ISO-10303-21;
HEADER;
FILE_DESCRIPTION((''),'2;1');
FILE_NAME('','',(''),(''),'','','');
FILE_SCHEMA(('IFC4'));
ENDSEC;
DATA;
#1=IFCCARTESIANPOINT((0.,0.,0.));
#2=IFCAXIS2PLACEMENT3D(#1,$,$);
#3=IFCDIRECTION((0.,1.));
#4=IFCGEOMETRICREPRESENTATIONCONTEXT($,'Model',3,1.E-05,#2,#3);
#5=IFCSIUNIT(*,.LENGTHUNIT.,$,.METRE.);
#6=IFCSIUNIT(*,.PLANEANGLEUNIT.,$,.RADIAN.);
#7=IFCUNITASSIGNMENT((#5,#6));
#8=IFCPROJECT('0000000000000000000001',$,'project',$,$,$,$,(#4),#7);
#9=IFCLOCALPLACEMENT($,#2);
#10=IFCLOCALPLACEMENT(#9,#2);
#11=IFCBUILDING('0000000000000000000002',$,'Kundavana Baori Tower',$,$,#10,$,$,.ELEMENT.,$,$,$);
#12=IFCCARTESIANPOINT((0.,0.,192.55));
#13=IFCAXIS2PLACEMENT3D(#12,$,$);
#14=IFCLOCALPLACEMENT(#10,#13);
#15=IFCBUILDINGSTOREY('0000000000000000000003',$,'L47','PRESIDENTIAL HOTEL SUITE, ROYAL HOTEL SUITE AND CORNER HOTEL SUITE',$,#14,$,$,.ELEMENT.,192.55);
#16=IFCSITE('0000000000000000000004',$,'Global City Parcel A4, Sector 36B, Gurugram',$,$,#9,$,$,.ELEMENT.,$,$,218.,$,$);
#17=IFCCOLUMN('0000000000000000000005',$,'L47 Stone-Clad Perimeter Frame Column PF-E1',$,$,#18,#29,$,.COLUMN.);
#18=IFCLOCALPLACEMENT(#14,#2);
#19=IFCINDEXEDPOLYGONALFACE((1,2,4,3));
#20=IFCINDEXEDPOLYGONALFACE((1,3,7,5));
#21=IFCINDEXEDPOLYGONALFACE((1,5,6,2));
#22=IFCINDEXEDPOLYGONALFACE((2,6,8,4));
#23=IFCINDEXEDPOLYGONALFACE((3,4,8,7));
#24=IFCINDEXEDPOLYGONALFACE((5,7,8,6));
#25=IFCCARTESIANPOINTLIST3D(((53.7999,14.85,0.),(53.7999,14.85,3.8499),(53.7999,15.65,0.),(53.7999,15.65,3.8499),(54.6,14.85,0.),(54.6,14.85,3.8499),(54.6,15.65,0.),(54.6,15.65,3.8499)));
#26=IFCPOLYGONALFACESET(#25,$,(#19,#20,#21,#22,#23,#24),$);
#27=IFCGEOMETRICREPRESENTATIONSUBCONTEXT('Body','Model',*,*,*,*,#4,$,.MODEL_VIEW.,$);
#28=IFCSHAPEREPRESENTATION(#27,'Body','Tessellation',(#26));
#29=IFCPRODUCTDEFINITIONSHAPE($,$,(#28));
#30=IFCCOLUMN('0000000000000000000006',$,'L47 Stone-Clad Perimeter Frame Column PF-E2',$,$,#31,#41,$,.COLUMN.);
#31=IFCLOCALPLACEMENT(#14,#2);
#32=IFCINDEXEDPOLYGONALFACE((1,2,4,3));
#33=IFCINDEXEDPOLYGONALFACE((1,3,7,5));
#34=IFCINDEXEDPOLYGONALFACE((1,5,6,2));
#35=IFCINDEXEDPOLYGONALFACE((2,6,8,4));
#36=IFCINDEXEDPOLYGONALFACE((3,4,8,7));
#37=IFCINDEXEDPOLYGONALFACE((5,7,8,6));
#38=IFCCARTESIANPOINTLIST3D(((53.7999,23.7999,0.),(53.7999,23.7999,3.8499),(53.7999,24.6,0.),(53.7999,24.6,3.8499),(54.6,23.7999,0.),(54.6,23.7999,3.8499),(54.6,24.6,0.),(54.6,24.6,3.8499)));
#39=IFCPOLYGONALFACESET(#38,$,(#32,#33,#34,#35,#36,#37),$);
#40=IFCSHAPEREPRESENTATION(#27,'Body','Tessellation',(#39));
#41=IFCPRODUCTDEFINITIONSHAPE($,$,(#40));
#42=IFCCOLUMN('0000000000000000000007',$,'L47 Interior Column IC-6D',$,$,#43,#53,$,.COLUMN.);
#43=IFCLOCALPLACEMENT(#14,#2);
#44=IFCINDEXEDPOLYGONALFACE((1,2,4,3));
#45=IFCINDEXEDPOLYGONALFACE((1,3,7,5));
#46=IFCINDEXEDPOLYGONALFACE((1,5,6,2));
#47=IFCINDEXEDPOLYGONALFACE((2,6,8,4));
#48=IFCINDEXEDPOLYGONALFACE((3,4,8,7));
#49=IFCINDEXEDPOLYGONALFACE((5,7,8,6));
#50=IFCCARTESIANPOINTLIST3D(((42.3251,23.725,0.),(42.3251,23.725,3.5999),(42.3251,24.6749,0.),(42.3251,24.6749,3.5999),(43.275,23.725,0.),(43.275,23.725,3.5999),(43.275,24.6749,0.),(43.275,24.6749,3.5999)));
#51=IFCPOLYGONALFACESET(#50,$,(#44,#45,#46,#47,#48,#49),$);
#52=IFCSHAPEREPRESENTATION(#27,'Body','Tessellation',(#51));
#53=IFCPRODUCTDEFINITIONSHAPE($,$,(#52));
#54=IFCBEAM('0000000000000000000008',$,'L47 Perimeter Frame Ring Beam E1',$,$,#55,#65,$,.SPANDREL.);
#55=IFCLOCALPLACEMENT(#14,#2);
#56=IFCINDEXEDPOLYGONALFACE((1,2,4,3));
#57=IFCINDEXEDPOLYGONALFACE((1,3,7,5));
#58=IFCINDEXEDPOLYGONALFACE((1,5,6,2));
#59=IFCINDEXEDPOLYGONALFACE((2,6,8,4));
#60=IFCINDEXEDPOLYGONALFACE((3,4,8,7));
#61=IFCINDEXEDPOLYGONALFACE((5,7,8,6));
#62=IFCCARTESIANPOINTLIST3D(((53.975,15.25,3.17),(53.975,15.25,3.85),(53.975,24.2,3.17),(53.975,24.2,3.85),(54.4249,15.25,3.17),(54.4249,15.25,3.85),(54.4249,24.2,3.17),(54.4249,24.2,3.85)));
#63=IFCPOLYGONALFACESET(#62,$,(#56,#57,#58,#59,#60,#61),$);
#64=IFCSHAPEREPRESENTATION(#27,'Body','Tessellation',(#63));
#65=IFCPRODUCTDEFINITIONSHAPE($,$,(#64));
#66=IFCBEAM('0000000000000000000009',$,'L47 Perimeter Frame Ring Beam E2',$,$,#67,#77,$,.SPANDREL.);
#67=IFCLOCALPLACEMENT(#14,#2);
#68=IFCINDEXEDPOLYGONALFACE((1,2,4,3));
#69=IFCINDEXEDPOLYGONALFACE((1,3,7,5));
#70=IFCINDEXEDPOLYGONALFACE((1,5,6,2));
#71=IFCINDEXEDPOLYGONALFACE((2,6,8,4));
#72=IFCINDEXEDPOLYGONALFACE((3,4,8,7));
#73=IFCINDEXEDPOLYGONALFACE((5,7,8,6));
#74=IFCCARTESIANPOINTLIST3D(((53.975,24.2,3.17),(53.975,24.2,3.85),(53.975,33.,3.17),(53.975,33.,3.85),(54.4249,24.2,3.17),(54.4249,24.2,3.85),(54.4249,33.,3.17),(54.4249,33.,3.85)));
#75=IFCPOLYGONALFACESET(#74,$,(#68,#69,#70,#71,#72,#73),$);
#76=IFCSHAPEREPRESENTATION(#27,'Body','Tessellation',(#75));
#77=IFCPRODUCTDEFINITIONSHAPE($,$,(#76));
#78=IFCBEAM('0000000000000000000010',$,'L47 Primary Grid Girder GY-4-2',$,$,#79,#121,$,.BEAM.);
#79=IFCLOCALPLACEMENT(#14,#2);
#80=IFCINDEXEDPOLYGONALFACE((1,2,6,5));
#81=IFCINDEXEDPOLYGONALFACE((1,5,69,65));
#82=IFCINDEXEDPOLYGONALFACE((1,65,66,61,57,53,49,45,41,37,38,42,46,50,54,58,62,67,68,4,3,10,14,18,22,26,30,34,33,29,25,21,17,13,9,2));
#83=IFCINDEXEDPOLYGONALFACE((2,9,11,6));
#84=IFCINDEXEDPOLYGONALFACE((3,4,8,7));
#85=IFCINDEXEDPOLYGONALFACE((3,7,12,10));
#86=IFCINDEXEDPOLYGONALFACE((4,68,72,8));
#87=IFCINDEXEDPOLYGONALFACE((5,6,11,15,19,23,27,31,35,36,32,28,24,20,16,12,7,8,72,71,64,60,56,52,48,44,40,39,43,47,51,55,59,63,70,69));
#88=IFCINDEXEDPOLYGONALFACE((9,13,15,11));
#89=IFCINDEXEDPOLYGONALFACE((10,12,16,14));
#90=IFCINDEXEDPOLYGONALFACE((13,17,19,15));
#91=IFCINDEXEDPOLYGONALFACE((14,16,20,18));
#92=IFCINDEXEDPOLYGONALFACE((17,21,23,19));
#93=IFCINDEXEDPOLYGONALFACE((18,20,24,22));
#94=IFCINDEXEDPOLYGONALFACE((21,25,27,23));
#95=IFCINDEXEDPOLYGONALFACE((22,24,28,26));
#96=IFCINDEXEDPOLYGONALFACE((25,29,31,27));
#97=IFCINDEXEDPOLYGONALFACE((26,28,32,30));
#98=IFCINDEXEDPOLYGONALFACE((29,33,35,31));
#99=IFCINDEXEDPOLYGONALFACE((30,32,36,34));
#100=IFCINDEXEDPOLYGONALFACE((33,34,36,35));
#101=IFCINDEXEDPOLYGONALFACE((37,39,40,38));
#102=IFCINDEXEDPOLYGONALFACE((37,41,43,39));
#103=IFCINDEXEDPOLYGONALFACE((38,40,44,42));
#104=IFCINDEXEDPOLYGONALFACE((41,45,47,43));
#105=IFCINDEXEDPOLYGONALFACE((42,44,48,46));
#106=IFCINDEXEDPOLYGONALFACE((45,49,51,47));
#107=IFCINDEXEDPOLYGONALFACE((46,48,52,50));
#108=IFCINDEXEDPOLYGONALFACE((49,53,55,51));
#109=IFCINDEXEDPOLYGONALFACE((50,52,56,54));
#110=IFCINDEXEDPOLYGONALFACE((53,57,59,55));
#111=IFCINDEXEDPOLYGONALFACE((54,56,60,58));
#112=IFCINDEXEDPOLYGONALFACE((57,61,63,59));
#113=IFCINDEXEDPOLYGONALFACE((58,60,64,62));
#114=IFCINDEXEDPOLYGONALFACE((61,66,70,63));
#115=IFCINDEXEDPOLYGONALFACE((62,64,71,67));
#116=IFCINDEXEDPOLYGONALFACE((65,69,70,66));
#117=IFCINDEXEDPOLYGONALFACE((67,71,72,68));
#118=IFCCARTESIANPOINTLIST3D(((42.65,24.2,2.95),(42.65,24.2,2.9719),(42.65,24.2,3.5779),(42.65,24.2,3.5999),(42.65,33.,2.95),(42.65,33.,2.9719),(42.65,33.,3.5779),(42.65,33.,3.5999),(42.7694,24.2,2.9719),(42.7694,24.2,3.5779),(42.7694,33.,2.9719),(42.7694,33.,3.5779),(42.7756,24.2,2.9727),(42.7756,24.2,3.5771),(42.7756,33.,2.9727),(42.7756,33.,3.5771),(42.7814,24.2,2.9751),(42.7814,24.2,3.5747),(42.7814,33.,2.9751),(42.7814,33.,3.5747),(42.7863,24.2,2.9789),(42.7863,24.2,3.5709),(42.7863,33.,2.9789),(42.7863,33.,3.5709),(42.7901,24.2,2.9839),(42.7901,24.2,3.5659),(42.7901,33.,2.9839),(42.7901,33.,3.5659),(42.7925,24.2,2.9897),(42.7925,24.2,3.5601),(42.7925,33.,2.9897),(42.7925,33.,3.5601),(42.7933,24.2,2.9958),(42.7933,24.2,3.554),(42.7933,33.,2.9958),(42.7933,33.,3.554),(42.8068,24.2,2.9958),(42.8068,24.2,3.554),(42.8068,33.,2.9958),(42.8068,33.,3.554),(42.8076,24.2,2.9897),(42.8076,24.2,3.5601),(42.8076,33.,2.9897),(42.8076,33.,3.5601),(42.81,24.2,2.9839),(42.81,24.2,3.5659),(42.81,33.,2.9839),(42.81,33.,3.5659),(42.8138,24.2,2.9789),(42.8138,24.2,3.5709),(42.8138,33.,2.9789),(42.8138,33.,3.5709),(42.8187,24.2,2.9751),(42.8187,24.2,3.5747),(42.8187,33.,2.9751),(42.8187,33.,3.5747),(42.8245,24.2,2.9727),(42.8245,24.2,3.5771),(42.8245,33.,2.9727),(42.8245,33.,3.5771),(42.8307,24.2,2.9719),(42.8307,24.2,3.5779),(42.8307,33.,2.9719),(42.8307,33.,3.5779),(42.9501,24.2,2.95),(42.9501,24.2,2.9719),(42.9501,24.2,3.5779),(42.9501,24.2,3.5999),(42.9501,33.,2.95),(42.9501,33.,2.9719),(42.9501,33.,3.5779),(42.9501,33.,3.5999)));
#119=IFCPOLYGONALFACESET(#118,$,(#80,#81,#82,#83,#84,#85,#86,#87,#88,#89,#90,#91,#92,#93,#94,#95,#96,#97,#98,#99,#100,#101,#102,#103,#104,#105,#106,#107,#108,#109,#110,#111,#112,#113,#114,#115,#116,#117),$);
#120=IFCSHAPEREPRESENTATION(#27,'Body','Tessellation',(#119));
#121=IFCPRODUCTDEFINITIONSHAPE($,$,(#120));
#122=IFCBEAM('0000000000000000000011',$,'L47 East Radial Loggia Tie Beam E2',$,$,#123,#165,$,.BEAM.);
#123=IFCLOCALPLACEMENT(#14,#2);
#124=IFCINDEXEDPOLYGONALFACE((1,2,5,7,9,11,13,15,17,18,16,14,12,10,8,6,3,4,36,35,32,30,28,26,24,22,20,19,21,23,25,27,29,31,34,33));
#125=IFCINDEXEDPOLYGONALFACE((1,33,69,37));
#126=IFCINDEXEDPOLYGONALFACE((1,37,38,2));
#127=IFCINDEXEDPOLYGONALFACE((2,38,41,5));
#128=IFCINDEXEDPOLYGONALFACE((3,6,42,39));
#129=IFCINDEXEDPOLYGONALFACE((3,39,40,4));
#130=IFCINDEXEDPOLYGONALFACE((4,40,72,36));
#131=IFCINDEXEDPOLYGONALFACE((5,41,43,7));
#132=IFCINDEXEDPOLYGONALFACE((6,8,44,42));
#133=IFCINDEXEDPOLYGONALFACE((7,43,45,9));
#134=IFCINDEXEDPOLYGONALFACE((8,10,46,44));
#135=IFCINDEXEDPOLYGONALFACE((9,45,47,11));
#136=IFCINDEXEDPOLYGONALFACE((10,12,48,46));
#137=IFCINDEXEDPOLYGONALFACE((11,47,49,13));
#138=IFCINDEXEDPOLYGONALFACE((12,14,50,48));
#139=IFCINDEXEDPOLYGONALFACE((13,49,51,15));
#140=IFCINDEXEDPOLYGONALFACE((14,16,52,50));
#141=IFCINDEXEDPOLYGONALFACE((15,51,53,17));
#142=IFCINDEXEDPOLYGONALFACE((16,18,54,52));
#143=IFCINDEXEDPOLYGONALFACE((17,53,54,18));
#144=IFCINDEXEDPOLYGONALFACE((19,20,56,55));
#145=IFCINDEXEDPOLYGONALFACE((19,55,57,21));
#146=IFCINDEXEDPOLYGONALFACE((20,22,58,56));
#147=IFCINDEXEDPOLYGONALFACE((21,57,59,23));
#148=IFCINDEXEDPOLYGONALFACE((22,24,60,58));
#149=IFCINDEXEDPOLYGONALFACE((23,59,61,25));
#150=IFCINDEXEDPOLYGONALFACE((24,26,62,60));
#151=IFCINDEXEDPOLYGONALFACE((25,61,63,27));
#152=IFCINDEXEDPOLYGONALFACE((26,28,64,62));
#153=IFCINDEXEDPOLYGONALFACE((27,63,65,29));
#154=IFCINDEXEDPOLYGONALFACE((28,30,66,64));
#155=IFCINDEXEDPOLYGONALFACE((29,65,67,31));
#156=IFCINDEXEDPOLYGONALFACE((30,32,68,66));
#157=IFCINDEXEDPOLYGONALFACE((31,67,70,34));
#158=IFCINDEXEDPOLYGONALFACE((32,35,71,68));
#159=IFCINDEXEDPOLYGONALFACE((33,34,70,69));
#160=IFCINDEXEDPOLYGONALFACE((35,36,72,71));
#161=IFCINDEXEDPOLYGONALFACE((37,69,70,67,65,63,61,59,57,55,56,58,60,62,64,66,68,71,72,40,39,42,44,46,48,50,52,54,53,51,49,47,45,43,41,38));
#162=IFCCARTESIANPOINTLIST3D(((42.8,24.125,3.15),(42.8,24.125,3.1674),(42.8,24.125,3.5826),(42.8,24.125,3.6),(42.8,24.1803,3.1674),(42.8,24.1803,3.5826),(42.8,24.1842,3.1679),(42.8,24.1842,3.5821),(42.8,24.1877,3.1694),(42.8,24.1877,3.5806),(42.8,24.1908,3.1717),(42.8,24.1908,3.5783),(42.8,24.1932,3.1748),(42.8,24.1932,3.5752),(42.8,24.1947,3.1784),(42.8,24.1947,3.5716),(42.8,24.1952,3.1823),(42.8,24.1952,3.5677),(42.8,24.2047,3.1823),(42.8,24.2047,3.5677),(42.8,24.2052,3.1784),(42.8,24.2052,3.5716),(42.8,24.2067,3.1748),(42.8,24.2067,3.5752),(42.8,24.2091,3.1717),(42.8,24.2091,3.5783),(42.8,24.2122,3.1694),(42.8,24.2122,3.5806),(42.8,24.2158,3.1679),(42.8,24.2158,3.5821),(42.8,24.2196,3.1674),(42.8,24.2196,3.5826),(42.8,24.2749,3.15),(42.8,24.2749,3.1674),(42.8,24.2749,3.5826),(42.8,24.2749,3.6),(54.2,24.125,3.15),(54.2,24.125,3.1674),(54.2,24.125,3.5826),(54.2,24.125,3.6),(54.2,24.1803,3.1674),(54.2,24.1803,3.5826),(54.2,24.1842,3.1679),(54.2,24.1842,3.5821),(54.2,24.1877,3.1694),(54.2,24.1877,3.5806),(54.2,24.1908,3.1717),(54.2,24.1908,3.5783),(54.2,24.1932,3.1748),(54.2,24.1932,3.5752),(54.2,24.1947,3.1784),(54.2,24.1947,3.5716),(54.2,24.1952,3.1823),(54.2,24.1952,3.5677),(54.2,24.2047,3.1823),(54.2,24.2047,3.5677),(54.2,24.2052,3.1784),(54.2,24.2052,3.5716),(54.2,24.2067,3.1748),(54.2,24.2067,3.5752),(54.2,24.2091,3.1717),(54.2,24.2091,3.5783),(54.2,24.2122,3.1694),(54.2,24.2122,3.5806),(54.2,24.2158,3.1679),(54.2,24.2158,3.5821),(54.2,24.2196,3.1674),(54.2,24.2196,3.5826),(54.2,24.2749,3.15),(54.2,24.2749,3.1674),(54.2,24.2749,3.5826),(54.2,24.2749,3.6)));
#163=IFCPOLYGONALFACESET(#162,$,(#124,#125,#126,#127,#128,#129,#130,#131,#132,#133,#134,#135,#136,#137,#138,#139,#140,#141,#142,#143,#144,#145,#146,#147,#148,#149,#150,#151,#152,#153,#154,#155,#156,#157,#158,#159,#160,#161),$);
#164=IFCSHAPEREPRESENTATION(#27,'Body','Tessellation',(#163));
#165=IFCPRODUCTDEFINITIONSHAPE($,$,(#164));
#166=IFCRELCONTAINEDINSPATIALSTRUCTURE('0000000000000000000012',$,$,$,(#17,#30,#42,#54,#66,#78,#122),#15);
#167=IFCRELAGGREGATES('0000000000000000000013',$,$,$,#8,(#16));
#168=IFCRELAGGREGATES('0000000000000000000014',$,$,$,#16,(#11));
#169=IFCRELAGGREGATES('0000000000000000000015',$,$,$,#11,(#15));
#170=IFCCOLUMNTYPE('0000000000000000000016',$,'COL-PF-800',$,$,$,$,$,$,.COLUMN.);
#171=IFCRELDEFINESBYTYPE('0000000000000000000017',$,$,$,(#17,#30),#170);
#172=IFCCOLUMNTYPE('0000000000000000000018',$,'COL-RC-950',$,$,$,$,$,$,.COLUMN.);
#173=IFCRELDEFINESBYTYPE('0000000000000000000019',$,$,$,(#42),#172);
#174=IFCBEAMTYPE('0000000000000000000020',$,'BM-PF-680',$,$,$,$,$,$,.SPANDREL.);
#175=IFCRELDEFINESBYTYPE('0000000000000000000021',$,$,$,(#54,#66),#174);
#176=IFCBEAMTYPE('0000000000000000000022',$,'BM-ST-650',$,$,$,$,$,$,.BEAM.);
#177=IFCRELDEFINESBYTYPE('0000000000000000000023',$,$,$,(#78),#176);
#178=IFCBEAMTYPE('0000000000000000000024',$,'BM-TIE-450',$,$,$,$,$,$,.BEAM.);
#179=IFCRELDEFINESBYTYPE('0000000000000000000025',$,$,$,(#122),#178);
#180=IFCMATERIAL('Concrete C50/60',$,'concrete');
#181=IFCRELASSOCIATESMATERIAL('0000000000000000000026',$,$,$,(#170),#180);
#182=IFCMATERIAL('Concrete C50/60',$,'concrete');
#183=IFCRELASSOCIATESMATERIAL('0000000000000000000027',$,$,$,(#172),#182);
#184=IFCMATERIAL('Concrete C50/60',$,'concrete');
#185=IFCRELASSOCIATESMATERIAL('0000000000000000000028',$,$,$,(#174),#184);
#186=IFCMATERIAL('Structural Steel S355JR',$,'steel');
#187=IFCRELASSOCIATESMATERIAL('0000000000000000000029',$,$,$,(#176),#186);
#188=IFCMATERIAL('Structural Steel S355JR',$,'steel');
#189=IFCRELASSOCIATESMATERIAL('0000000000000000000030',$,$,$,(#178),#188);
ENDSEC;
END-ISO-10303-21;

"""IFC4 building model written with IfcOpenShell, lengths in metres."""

from ifc_helpers import new_model, si_unit, direction, frame, origin, origin_2d, place, context, subcontext, project, spatial, rectangle, i_section, extrude, material, material_profile, profile_set, type_object, element, save


model = new_model("IFC4")

# Units and contexts
model_context = context("Model", 3, precision=1e-05, world=origin(), true_north=direction((0.0, 1.0)))
body_context = subcontext(model_context, "Body", "Model", "MODEL_VIEW")
ifc_project = project(units=[si_unit("LENGTHUNIT", "METRE"), si_unit("PLANEANGLEUNIT", "RADIAN")], contexts=[model_context])

# Site, building, storey
site_placement = place(None, origin())
site = spatial("IfcSite", under=ifc_project, at=site_placement, Name="Global City Parcel A4, Sector 36B, Gurugram", CompositionType="ELEMENT", RefElevation=218.0)
building_placement = place(site_placement, origin())
building = spatial("IfcBuilding", under=site, at=building_placement, Name="Kundavana Baori Tower", CompositionType="ELEMENT")
storey_placement = place(building_placement, frame((0.0, 0.0, 192.55)))
storey = spatial("IfcBuildingStorey", under=building, at=storey_placement, Name="L47", Description="PRESIDENTIAL HOTEL SUITE, ROYAL HOTEL SUITE AND CORNER HOTEL SUITE", CompositionType="ELEMENT", Elevation=192.55)

# Columns
ifc_material_1 = material(Name="Concrete C50/60", Category="concrete")
ifc_material_profile_1 = material_profile(ifc_material_1, rectangle(XDim=0.8, YDim=0.8, at=origin_2d()), Name="RC PF 800x800")
ifc_profile_set_1 = profile_set([ifc_material_profile_1], Name="Concrete C50/60")
column_type_1 = type_object("IfcColumnType", Name="COL-PF-800", PredefinedType="COLUMN", material=ifc_profile_set_1)
for number, where, z_axis, x_axis, name in (
    (1, (54.2, 15.25, 0.0), (0.0, 0.0, 1.0), (1.0, 0.0, 0.0), "L47 Stone-Clad Perimeter Frame Column PF-E1"),
    (2, (54.2, 24.2, 0.0), (0.0, 0.0, 1.0), (1.0, 0.0, 0.0), "L47 Stone-Clad Perimeter Frame Column PF-E2"),
):
    element("IfcColumn", number, at=place(storey_placement, frame(where, z_axis=z_axis, x_axis=x_axis)), inside=storey, type_object=column_type_1, Name=name, PredefinedType="COLUMN", context=body_context, shape_type="SweptSolid", body=[
        extrude(rectangle(XDim=0.8, YDim=0.8, at=origin_2d()), origin(), (0.0, 0.0, 1.0), 3.8499),
    ])
ifc_material_2 = material(Name="Concrete C50/60", Category="concrete")
ifc_material_profile_2 = material_profile(ifc_material_2, rectangle(XDim=0.95, YDim=0.95, at=origin_2d()), Name="RC 950x950")
ifc_profile_set_2 = profile_set([ifc_material_profile_2], Name="Concrete C50/60")
column_type_2 = type_object("IfcColumnType", Name="COL-RC-950", PredefinedType="COLUMN", material=ifc_profile_set_2)
column_placement = place(storey_placement, frame((42.8, 24.2, 0.0), z_axis=(0.0, 0.0, 1.0), x_axis=(1.0, 0.0, 0.0)))
element("IfcColumn", 3, at=column_placement, inside=storey, type_object=column_type_2, Name="L47 Interior Column IC-6D", PredefinedType="COLUMN", context=body_context, shape_type="SweptSolid", body=[
    extrude(rectangle(XDim=0.95, YDim=0.95, at=origin_2d()), origin(), (0.0, 0.0, 1.0), 3.5999),
])

# Beams
ifc_material_3 = material(Name="Concrete C50/60", Category="concrete")
ifc_material_profile_3 = material_profile(ifc_material_3, rectangle(XDim=0.45, YDim=0.6799, at=origin_2d()), Name="RC BM 450x680")
ifc_profile_set_3 = profile_set([ifc_material_profile_3], Name="Concrete C50/60")
beam_type_1 = type_object("IfcBeamType", Name="BM-PF-680", PredefinedType="SPANDREL", material=ifc_profile_set_3)
beam_1_placement = place(storey_placement, frame((54.2, 15.25, 3.51), z_axis=(0.0, 1.0, 0.0), x_axis=(-1.0, 0.0, 0.0)))
element("IfcBeam", 4, at=beam_1_placement, inside=storey, type_object=beam_type_1, Name="L47 Perimeter Frame Ring Beam E1", PredefinedType="SPANDREL", context=body_context, shape_type="SweptSolid", body=[
    extrude(rectangle(XDim=0.45, YDim=0.6799, at=origin_2d()), origin(), (0.0, 0.0, 1.0), 8.95),
])
beam_2_placement = place(storey_placement, frame((54.2, 24.2, 3.51), z_axis=(0.0, 1.0, 0.0), x_axis=(-1.0, 0.0, 0.0)))
element("IfcBeam", 5, at=beam_2_placement, inside=storey, type_object=beam_type_1, Name="L47 Perimeter Frame Ring Beam E2", PredefinedType="SPANDREL", context=body_context, shape_type="SweptSolid", body=[
    extrude(rectangle(XDim=0.45, YDim=0.6799, at=origin_2d()), origin(), (0.0, 0.0, 1.0), 8.8),
])
ifc_material_4 = material(Name="Structural Steel S355JR", Category="steel")
ifc_material_profile_4 = material_profile(ifc_material_4, i_section(OverallWidth=0.3, OverallDepth=0.6499, WebThickness=0.0134, FlangeThickness=0.022, FilletRadius=0.0239, at=origin_2d()), Name="NPB 650x300x155")
ifc_profile_set_4 = profile_set([ifc_material_profile_4], Name="Structural Steel S355JR")
beam_type_2 = type_object("IfcBeamType", Name="BM-ST-650", PredefinedType="BEAM", material=ifc_profile_set_4)
beam_3_placement = place(storey_placement, frame((42.8, 24.2, 3.2749), z_axis=(0.0, 1.0, 0.0), x_axis=(-1.0, 0.0, 0.0)))
element("IfcBeam", 6, at=beam_3_placement, inside=storey, type_object=beam_type_2, Name="L47 Primary Grid Girder GY-4-2", PredefinedType="BEAM", context=body_context, shape_type="SweptSolid", body=[
    extrude(i_section(OverallWidth=0.3, OverallDepth=0.6499, WebThickness=0.0134, FlangeThickness=0.022, FilletRadius=0.0239, at=origin_2d()), origin(), (0.0, 0.0, 1.0), 8.8),
])
ifc_material_5 = material(Name="Structural Steel S355JR", Category="steel")
ifc_material_profile_5 = material_profile(ifc_material_5, i_section(OverallWidth=0.1499, OverallDepth=0.45, WebThickness=0.0095, FlangeThickness=0.0173, FilletRadius=0.0149, at=origin_2d()), Name="ISMB 450")
ifc_profile_set_5 = profile_set([ifc_material_profile_5], Name="Structural Steel S355JR")
beam_type_3 = type_object("IfcBeamType", Name="BM-TIE-450", PredefinedType="BEAM", material=ifc_profile_set_5)
beam_4_placement = place(storey_placement, frame((42.8, 24.2, 3.375), z_axis=(1.0, 0.0, 0.0), x_axis=(0.0, 1.0, 0.0)))
element("IfcBeam", 7, at=beam_4_placement, inside=storey, type_object=beam_type_3, Name="L47 East Radial Loggia Tie Beam E2", PredefinedType="BEAM", context=body_context, shape_type="SweptSolid", body=[
    extrude(i_section(OverallWidth=0.1499, OverallDepth=0.45, WebThickness=0.0095, FlangeThickness=0.0173, FilletRadius=0.0149, at=origin_2d()), origin(), (0.0, 0.0, 1.0), 11.3999),
])

save(model, "model.ifc")
